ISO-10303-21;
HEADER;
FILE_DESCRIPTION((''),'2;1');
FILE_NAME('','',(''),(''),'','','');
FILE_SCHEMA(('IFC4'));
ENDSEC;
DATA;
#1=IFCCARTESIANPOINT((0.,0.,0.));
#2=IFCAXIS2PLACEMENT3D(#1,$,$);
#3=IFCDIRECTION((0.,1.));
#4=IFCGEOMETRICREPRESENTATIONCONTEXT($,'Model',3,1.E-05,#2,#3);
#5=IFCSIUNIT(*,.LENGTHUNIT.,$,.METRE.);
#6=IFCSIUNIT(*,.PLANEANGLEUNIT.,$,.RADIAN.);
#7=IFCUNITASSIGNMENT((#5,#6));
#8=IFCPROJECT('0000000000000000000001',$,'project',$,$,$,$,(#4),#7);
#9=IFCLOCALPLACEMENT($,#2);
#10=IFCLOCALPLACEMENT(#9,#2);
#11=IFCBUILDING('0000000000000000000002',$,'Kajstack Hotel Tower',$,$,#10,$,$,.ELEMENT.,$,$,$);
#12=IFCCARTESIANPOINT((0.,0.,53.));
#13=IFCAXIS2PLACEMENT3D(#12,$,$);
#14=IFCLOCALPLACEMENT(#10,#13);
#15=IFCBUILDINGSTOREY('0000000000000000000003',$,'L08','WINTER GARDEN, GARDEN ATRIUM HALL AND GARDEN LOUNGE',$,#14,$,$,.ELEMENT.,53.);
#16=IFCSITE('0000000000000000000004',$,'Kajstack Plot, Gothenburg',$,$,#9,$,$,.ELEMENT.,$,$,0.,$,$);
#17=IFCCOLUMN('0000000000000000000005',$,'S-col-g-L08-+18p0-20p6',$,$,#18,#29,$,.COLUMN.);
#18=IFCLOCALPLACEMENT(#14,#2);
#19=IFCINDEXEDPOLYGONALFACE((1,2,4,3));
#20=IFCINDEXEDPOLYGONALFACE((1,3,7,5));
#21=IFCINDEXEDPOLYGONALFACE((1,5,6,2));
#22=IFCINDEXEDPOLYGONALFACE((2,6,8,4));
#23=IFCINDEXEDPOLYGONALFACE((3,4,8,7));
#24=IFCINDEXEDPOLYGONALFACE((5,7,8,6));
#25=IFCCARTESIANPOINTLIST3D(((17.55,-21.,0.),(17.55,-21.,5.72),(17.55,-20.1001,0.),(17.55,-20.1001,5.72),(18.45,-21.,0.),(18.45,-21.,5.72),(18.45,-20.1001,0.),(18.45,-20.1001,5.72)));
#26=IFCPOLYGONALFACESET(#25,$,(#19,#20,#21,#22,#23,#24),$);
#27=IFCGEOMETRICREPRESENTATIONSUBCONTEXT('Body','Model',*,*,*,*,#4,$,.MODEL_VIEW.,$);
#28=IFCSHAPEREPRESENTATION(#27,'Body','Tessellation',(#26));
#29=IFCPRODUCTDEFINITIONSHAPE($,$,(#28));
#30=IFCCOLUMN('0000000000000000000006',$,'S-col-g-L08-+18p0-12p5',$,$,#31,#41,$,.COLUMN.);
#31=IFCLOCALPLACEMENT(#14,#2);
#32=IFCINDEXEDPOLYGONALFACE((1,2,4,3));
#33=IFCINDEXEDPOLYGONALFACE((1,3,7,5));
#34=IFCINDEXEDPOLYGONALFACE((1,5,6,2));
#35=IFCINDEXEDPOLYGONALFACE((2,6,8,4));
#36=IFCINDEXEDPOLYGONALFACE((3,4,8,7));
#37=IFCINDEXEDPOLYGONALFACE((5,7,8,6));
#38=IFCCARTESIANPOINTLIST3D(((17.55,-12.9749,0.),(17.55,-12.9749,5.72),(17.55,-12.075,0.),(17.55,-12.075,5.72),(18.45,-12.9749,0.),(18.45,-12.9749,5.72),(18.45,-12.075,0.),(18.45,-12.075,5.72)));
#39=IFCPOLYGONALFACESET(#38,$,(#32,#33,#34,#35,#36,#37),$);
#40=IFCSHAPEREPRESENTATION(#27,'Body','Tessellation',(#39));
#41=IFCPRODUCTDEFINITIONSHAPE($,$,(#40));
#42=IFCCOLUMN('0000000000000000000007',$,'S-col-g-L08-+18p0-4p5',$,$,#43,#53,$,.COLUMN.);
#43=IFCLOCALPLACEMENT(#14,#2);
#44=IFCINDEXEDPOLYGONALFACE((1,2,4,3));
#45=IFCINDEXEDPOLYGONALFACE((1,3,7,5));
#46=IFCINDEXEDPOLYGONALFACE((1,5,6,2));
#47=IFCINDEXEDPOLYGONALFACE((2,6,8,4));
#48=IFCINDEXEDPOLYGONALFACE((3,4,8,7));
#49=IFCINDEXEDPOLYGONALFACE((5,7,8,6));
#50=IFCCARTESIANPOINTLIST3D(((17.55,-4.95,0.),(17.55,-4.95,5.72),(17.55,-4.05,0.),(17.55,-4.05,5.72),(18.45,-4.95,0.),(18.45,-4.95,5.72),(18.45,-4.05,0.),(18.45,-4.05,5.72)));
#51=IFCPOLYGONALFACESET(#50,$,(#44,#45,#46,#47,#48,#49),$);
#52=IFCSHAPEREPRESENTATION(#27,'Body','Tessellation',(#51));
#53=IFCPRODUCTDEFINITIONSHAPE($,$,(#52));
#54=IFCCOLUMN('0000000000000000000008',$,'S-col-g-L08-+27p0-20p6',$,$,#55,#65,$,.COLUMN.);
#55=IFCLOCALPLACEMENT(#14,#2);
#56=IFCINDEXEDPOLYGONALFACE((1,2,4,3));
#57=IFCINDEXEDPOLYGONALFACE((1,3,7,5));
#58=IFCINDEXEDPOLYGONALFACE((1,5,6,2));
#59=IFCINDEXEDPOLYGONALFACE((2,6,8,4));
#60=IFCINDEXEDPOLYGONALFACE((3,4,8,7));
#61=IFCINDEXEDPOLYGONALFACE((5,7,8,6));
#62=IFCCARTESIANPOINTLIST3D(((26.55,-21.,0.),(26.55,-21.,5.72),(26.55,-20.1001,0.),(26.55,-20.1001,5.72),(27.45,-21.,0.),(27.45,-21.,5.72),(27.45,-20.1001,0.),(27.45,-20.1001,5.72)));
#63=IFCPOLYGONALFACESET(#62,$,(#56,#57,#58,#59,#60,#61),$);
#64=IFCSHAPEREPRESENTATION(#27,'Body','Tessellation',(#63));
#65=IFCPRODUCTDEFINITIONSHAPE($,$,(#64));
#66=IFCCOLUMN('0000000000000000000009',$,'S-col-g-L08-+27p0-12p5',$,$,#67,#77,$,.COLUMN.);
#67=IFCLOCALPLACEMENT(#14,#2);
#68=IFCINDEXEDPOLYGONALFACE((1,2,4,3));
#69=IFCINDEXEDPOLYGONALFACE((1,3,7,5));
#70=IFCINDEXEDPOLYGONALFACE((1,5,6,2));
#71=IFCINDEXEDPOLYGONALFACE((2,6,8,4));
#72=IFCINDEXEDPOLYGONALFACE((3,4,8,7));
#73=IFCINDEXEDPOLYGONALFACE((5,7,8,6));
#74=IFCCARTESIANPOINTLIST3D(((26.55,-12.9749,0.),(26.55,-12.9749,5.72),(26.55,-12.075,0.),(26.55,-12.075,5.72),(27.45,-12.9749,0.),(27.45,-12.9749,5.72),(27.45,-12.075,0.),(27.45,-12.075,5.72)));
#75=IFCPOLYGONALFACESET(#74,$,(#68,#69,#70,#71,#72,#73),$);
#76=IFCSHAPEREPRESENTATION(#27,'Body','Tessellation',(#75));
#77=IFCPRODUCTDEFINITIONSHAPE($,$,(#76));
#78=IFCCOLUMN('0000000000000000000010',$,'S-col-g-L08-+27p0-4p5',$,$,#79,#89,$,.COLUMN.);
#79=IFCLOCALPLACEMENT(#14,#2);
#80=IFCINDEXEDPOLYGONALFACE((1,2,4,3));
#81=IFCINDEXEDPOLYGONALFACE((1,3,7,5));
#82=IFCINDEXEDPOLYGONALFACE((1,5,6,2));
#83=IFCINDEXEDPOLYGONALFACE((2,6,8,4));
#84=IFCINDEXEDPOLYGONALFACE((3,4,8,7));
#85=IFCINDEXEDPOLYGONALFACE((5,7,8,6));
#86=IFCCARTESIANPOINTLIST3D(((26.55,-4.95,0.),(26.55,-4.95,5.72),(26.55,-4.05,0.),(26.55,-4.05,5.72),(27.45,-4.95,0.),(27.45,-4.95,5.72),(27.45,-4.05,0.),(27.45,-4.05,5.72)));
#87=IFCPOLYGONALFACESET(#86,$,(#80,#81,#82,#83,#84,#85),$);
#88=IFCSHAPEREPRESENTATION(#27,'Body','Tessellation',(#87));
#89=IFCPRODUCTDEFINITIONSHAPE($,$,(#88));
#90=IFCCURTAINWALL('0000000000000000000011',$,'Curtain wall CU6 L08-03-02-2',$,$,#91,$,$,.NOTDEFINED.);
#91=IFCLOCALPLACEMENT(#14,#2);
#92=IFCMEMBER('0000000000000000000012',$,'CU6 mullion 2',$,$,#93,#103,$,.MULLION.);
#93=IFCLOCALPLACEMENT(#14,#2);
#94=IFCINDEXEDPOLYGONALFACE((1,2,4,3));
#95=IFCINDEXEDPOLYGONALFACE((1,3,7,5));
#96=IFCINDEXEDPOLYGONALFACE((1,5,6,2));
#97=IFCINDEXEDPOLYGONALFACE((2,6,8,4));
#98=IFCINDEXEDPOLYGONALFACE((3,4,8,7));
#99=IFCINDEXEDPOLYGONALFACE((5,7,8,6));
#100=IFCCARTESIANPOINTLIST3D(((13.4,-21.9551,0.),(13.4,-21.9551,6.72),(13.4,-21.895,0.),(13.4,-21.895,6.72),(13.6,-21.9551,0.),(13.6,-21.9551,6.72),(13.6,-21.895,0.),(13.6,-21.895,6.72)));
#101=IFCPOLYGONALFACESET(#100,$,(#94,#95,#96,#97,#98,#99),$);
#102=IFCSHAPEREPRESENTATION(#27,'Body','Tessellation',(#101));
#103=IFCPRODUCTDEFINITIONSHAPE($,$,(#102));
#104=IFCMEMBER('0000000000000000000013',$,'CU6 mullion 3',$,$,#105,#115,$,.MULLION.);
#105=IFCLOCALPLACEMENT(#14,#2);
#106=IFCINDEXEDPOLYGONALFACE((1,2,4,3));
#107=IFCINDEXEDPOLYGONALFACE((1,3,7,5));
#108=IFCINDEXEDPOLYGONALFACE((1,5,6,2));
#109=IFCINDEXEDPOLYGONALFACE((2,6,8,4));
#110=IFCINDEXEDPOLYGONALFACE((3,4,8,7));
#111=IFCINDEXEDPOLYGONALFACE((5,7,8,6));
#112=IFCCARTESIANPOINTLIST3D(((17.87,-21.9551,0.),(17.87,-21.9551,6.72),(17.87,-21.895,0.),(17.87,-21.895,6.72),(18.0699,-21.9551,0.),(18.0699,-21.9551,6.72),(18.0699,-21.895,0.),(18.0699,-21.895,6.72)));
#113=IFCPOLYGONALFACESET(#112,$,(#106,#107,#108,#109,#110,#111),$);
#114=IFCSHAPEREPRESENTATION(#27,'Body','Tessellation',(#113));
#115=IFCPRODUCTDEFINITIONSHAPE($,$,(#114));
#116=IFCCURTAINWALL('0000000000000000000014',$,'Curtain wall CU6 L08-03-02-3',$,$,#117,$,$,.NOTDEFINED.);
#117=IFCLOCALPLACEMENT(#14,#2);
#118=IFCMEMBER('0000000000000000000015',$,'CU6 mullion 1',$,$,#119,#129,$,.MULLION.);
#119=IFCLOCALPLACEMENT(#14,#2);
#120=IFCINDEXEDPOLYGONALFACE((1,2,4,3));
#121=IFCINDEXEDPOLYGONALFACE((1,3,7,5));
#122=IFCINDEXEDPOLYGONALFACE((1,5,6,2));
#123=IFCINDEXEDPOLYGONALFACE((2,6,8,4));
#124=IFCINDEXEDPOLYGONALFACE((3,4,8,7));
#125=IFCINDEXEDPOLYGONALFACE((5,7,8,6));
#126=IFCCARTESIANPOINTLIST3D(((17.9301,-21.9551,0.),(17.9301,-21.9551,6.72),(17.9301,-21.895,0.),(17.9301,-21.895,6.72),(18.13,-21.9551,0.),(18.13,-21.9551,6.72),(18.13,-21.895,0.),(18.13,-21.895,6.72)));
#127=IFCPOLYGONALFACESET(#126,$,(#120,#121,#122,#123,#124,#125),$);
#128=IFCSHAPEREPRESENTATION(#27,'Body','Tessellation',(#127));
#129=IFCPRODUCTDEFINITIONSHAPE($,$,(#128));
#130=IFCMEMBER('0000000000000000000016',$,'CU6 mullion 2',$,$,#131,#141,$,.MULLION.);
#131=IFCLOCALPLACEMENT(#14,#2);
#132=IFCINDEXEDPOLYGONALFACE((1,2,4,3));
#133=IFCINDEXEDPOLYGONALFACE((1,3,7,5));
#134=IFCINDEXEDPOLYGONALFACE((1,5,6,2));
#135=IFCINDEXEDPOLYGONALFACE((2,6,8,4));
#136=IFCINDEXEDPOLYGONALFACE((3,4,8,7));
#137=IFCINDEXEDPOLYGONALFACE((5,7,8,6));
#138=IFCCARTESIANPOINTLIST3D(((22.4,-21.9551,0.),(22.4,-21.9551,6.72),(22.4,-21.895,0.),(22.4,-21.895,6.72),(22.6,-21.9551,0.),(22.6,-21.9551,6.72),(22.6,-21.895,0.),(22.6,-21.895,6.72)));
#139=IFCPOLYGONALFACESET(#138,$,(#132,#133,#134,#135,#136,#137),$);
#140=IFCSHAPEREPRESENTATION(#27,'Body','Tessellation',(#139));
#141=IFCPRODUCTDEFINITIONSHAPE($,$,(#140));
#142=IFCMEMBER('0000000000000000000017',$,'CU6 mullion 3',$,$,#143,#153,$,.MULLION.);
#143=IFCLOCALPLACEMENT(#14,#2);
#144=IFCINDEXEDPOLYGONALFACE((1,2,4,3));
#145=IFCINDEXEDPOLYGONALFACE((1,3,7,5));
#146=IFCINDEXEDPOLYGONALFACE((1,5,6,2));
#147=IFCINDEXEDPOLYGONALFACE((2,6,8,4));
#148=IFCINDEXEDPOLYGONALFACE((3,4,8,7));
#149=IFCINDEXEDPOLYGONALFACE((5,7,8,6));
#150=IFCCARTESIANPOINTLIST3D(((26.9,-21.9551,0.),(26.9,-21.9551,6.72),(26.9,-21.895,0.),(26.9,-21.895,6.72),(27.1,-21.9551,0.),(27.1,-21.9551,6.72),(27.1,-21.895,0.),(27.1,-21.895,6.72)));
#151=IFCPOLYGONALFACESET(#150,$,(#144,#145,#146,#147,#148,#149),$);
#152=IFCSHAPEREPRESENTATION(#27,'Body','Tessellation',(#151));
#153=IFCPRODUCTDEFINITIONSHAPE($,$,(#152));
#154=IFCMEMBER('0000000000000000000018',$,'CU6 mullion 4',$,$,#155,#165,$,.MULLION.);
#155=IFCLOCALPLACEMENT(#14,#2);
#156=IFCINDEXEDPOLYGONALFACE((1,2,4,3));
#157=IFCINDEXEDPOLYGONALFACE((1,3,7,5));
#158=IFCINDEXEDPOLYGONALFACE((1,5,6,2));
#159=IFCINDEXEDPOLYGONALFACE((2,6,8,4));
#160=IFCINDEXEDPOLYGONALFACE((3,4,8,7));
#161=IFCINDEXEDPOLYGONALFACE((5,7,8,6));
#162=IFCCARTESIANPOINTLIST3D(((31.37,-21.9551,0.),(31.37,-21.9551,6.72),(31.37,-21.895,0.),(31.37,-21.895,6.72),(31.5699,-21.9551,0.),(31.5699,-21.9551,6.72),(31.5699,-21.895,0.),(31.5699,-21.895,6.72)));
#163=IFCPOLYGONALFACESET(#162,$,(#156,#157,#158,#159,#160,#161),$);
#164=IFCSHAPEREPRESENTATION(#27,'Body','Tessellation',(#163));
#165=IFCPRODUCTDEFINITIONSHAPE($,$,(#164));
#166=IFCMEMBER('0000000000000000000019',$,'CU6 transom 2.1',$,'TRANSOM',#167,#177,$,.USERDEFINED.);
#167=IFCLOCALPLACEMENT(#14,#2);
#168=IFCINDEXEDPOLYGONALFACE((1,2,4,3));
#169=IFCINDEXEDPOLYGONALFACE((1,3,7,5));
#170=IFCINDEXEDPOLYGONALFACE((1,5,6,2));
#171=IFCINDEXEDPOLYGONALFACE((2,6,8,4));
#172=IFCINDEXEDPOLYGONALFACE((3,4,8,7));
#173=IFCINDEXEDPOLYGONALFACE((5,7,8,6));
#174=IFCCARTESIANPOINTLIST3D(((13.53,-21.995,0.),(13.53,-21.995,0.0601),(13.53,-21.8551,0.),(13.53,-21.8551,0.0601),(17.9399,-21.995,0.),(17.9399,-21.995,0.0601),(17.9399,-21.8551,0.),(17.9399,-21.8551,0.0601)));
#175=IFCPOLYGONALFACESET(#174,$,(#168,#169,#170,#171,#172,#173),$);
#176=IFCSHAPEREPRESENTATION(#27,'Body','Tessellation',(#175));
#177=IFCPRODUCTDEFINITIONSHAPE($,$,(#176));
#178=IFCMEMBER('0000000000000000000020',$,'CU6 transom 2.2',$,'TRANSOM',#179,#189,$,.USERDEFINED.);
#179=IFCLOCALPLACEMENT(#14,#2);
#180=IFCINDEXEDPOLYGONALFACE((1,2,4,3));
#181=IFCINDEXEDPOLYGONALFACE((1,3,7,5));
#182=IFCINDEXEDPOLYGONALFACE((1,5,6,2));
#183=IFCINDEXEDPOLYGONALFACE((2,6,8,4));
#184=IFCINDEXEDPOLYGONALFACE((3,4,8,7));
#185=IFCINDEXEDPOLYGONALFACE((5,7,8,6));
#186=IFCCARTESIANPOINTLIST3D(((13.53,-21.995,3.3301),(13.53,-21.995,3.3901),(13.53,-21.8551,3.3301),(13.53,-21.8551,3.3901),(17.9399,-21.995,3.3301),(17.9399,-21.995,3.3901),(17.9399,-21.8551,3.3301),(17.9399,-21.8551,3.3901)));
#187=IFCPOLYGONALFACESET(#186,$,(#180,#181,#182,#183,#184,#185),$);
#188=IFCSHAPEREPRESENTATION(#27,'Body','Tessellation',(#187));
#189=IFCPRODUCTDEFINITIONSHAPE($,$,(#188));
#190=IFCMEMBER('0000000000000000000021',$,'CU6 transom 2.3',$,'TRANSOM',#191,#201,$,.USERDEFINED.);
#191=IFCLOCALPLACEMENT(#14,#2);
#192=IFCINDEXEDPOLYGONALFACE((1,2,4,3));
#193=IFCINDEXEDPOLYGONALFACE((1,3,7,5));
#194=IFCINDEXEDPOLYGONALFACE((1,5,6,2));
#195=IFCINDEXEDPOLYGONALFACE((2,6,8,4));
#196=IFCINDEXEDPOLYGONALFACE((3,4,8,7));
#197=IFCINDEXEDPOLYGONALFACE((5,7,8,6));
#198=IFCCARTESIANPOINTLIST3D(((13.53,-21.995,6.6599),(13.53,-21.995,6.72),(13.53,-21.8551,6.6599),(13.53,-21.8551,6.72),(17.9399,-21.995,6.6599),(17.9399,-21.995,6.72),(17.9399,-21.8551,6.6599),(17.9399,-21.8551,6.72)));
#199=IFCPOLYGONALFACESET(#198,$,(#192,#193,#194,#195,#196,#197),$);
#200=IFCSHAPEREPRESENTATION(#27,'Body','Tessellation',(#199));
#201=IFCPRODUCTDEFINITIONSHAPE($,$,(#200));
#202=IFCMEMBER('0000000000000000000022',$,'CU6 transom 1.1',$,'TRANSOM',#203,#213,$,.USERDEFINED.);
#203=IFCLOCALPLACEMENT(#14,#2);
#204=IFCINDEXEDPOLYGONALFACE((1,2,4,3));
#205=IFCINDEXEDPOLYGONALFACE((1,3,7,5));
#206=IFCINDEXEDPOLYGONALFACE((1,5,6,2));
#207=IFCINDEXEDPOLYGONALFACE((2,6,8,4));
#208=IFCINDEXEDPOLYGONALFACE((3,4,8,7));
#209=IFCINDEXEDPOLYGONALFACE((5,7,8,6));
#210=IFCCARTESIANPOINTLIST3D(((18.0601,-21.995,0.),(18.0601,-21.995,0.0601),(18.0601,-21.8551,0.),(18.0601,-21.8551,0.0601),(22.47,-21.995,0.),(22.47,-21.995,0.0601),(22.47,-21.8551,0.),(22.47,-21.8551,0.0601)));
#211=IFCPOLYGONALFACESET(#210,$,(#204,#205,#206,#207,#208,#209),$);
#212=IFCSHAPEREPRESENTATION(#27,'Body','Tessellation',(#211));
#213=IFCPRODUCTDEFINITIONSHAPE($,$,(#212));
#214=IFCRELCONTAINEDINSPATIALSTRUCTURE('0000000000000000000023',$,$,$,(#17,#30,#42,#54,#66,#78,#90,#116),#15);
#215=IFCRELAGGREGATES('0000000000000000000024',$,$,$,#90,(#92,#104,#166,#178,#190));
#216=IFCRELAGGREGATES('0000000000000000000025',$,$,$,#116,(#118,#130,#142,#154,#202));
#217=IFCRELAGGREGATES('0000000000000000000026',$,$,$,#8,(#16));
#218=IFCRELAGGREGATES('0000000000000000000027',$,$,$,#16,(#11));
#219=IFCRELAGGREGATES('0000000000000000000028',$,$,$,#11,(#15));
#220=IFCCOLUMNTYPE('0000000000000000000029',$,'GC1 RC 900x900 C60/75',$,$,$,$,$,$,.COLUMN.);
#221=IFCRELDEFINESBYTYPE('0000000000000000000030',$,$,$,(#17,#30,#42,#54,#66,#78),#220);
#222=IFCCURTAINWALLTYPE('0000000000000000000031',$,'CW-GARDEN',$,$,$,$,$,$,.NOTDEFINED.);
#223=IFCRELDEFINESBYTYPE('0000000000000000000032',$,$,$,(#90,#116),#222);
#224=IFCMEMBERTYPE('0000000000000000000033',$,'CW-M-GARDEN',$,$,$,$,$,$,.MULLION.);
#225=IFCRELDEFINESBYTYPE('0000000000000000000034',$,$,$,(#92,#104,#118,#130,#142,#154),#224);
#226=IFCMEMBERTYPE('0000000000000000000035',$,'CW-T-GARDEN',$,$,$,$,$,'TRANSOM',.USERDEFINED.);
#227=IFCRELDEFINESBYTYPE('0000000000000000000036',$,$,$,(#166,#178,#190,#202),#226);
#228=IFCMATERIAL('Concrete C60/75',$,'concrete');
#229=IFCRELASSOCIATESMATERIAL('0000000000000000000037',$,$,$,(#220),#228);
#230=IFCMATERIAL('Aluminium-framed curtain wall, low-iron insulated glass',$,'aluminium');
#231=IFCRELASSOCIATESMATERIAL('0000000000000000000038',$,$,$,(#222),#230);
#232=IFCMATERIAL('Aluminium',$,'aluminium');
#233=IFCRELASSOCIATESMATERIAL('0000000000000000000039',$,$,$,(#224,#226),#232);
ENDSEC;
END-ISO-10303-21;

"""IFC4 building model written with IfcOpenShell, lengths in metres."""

from ifc_helpers import new_model, si_unit, direction, frame, origin, origin_2d, place, context, subcontext, project, spatial, rectangle, extrude, material, material_profile, profile_set, type_object, element, aggregate, save


model = new_model("IFC4")

# Units and contexts
model_context = context("Model", 3, precision=1e-05, world=origin(), true_north=direction((0.0, 1.0)))
body_context = subcontext(model_context, "Body", "Model", "MODEL_VIEW")
ifc_project = project(units=[si_unit("LENGTHUNIT", "METRE"), si_unit("PLANEANGLEUNIT", "RADIAN")], contexts=[model_context])

# Site, building, storey
site_placement = place(None, origin())
site = spatial("IfcSite", under=ifc_project, at=site_placement, Name="Kajstack Plot, Gothenburg", CompositionType="ELEMENT", RefElevation=0.0)
building_placement = place(site_placement, origin())
building = spatial("IfcBuilding", under=site, at=building_placement, Name="Kajstack Hotel Tower", CompositionType="ELEMENT")
storey_placement = place(building_placement, frame((0.0, 0.0, 53.0)))
storey = spatial("IfcBuildingStorey", under=building, at=storey_placement, Name="L08", Description="WINTER GARDEN, GARDEN ATRIUM HALL AND GARDEN LOUNGE", CompositionType="ELEMENT", Elevation=53.0)

# Columns
ifc_material_1 = material(Name="Concrete C60/75", Category="concrete")
ifc_material_profile_1 = material_profile(ifc_material_1, rectangle(XDim=0.8999, YDim=0.8999, at=origin_2d()), Name="RC 900x900")
ifc_profile_set_1 = profile_set([ifc_material_profile_1], Name="Concrete C60/75")
column_type = type_object("IfcColumnType", Name="GC1 RC 900x900 C60/75", PredefinedType="COLUMN", material=ifc_profile_set_1)
for number, where, z_axis, x_axis, name in (
    (1, (18.0, -20.55, 0.0), (0.0, 0.0, 1.0), (1.0, 0.0, 0.0), "S-col-g-L08-+18p0-20p6"),
    (2, (18.0, -12.5249, 0.0), (0.0, 0.0, 1.0), (1.0, 0.0, 0.0), "S-col-g-L08-+18p0-12p5"),
    (3, (18.0, -4.5, 0.0), (0.0, 0.0, 1.0), (1.0, 0.0, 0.0), "S-col-g-L08-+18p0-4p5"),
    (4, (27.0, -20.55, 0.0), (0.0, 0.0, 1.0), (1.0, 0.0, 0.0), "S-col-g-L08-+27p0-20p6"),
    (5, (27.0, -12.5249, 0.0), (0.0, 0.0, 1.0), (1.0, 0.0, 0.0), "S-col-g-L08-+27p0-12p5"),
    (6, (27.0, -4.5, 0.0), (0.0, 0.0, 1.0), (1.0, 0.0, 0.0), "S-col-g-L08-+27p0-4p5"),
):
    element("IfcColumn", number, at=place(storey_placement, frame(where, z_axis=z_axis, x_axis=x_axis)), inside=storey, type_object=column_type, Name=name, PredefinedType="COLUMN", context=body_context, shape_type="SweptSolid", body=[
        extrude(rectangle(XDim=0.8999, YDim=0.8999, at=origin_2d()), origin(), (0.0, 0.0, 1.0), 5.72),
    ])

# Curtain walls, members
ifc_material_2 = material(Name="Aluminium-framed curtain wall, low-iron insulated glass", Category="aluminium")
curtain_wall_type = type_object("IfcCurtainWallType", Name="CW-GARDEN", PredefinedType="NOTDEFINED", material=ifc_material_2)
curtain_wall_1_placement = place(storey_placement, origin())
curtain_wall_1 = element("IfcCurtainWall", 7, at=curtain_wall_1_placement, inside=storey, type_object=curtain_wall_type, Name="Curtain wall CU6 L08-03-02-2", PredefinedType="NOTDEFINED")
ifc_material_3 = material(Name="Aluminium", Category="aluminium")
ifc_material_profile_2 = material_profile(ifc_material_3, rectangle(XDim=0.0601, YDim=0.2, at=origin_2d()), Name="Aluminium mullion 60 x 200")
ifc_profile_set_2 = profile_set([ifc_material_profile_2], Name="Aluminium")
member_type_1 = type_object("IfcMemberType", Name="CW-M-GARDEN", PredefinedType="MULLION", material=ifc_profile_set_2)
member_1_placement = place(storey_placement, frame((13.5, -21.925, 0.0), z_axis=(0.0, 0.0, 1.0), x_axis=(0.0, 1.0, 0.0)))
member_1 = element("IfcMember", 8, at=member_1_placement, type_object=member_type_1, Name="CU6 mullion 2", PredefinedType="MULLION", context=body_context, shape_type="SweptSolid", body=[
    extrude(rectangle(XDim=0.0601, YDim=0.2, at=origin_2d()), origin(), (0.0, 0.0, 1.0), 6.72),
])
member_2_placement = place(storey_placement, frame((17.97, -21.925, 0.0), z_axis=(0.0, 0.0, 1.0), x_axis=(0.0, 1.0, 0.0)))
member_2 = element("IfcMember", 9, at=member_2_placement, type_object=member_type_1, Name="CU6 mullion 3", PredefinedType="MULLION", context=body_context, shape_type="SweptSolid", body=[
    extrude(rectangle(XDim=0.0601, YDim=0.2, at=origin_2d()), origin(), (0.0, 0.0, 1.0), 6.72),
])
curtain_wall_2_placement = place(storey_placement, origin())
curtain_wall_2 = element("IfcCurtainWall", 10, at=curtain_wall_2_placement, inside=storey, type_object=curtain_wall_type, Name="Curtain wall CU6 L08-03-02-3", PredefinedType="NOTDEFINED")
member_3_placement = place(storey_placement, frame((18.03, -21.925, 0.0), z_axis=(0.0, 0.0, 1.0), x_axis=(0.0, 1.0, 0.0)))
member_3 = element("IfcMember", 11, at=member_3_placement, type_object=member_type_1, Name="CU6 mullion 1", PredefinedType="MULLION", context=body_context, shape_type="SweptSolid", body=[
    extrude(rectangle(XDim=0.0601, YDim=0.2, at=origin_2d()), origin(), (0.0, 0.0, 1.0), 6.72),
])
member_4_placement = place(storey_placement, frame((22.5, -21.925, 0.0), z_axis=(0.0, 0.0, 1.0), x_axis=(0.0, 1.0, 0.0)))
member_4 = element("IfcMember", 12, at=member_4_placement, type_object=member_type_1, Name="CU6 mullion 2", PredefinedType="MULLION", context=body_context, shape_type="SweptSolid", body=[
    extrude(rectangle(XDim=0.0601, YDim=0.2, at=origin_2d()), origin(), (0.0, 0.0, 1.0), 6.72),
])
member_5_placement = place(storey_placement, frame((27.0, -21.925, 0.0), z_axis=(0.0, 0.0, 1.0), x_axis=(0.0, 1.0, 0.0)))
member_5 = element("IfcMember", 13, at=member_5_placement, type_object=member_type_1, Name="CU6 mullion 3", PredefinedType="MULLION", context=body_context, shape_type="SweptSolid", body=[
    extrude(rectangle(XDim=0.0601, YDim=0.2, at=origin_2d()), origin(), (0.0, 0.0, 1.0), 6.72),
])
member_6_placement = place(storey_placement, frame((31.47, -21.925, 0.0), z_axis=(0.0, 0.0, 1.0), x_axis=(0.0, 1.0, 0.0)))
member_6 = element("IfcMember", 14, at=member_6_placement, type_object=member_type_1, Name="CU6 mullion 4", PredefinedType="MULLION", context=body_context, shape_type="SweptSolid", body=[
    extrude(rectangle(XDim=0.0601, YDim=0.2, at=origin_2d()), origin(), (0.0, 0.0, 1.0), 6.72),
])

# Members
ifc_material_profile_3 = material_profile(ifc_material_3, rectangle(XDim=0.1399, YDim=0.0601, at=origin_2d()), Name="Aluminium transom 140 x 60")
ifc_profile_set_3 = profile_set([ifc_material_profile_3], Name="Aluminium")
member_type_2 = type_object("IfcMemberType", Name="CW-T-GARDEN", ElementType="TRANSOM", PredefinedType="USERDEFINED", material=ifc_profile_set_3)
member_7_placement = place(storey_placement, frame((13.53, -21.925, 0.03), z_axis=(1.0, 0.0, 0.0), x_axis=(0.0, 1.0, 0.0)))
member_7 = element("IfcMember", 15, at=member_7_placement, type_object=member_type_2, Name="CU6 transom 2.1", ObjectType="TRANSOM", PredefinedType="USERDEFINED", context=body_context, shape_type="SweptSolid", body=[
    extrude(rectangle(XDim=0.1399, YDim=0.0601, at=origin_2d()), origin(), (0.0, 0.0, 1.0), 4.4099),
])
member_8_placement = place(storey_placement, frame((13.53, -21.925, 3.3601), z_axis=(1.0, 0.0, 0.0), x_axis=(0.0, 1.0, 0.0)))
member_8 = element("IfcMember", 16, at=member_8_placement, type_object=member_type_2, Name="CU6 transom 2.2", ObjectType="TRANSOM", PredefinedType="USERDEFINED", context=body_context, shape_type="SweptSolid", body=[
    extrude(rectangle(XDim=0.1399, YDim=0.0601, at=origin_2d()), origin(), (0.0, 0.0, 1.0), 4.4099),
])
member_9_placement = place(storey_placement, frame((13.53, -21.925, 6.6899), z_axis=(1.0, 0.0, 0.0), x_axis=(0.0, 1.0, 0.0)))
member_9 = element("IfcMember", 17, at=member_9_placement, type_object=member_type_2, Name="CU6 transom 2.3", ObjectType="TRANSOM", PredefinedType="USERDEFINED", context=body_context, shape_type="SweptSolid", body=[
    extrude(rectangle(XDim=0.1399, YDim=0.0601, at=origin_2d()), origin(), (0.0, 0.0, 1.0), 4.4099),
])
member_10_placement = place(storey_placement, frame((18.0601, -21.925, 0.03), z_axis=(1.0, 0.0, 0.0), x_axis=(0.0, 1.0, 0.0)))
member_10 = element("IfcMember", 18, at=member_10_placement, type_object=member_type_2, Name="CU6 transom 1.1", ObjectType="TRANSOM", PredefinedType="USERDEFINED", context=body_context, shape_type="SweptSolid", body=[
    extrude(rectangle(XDim=0.1399, YDim=0.0601, at=origin_2d()), origin(), (0.0, 0.0, 1.0), 4.4099),
])

aggregate(curtain_wall_1, [member_1, member_2, member_7, member_8, member_9])
aggregate(curtain_wall_2, [member_3, member_4, member_5, member_6, member_10])

save(model, "model.ifc")
